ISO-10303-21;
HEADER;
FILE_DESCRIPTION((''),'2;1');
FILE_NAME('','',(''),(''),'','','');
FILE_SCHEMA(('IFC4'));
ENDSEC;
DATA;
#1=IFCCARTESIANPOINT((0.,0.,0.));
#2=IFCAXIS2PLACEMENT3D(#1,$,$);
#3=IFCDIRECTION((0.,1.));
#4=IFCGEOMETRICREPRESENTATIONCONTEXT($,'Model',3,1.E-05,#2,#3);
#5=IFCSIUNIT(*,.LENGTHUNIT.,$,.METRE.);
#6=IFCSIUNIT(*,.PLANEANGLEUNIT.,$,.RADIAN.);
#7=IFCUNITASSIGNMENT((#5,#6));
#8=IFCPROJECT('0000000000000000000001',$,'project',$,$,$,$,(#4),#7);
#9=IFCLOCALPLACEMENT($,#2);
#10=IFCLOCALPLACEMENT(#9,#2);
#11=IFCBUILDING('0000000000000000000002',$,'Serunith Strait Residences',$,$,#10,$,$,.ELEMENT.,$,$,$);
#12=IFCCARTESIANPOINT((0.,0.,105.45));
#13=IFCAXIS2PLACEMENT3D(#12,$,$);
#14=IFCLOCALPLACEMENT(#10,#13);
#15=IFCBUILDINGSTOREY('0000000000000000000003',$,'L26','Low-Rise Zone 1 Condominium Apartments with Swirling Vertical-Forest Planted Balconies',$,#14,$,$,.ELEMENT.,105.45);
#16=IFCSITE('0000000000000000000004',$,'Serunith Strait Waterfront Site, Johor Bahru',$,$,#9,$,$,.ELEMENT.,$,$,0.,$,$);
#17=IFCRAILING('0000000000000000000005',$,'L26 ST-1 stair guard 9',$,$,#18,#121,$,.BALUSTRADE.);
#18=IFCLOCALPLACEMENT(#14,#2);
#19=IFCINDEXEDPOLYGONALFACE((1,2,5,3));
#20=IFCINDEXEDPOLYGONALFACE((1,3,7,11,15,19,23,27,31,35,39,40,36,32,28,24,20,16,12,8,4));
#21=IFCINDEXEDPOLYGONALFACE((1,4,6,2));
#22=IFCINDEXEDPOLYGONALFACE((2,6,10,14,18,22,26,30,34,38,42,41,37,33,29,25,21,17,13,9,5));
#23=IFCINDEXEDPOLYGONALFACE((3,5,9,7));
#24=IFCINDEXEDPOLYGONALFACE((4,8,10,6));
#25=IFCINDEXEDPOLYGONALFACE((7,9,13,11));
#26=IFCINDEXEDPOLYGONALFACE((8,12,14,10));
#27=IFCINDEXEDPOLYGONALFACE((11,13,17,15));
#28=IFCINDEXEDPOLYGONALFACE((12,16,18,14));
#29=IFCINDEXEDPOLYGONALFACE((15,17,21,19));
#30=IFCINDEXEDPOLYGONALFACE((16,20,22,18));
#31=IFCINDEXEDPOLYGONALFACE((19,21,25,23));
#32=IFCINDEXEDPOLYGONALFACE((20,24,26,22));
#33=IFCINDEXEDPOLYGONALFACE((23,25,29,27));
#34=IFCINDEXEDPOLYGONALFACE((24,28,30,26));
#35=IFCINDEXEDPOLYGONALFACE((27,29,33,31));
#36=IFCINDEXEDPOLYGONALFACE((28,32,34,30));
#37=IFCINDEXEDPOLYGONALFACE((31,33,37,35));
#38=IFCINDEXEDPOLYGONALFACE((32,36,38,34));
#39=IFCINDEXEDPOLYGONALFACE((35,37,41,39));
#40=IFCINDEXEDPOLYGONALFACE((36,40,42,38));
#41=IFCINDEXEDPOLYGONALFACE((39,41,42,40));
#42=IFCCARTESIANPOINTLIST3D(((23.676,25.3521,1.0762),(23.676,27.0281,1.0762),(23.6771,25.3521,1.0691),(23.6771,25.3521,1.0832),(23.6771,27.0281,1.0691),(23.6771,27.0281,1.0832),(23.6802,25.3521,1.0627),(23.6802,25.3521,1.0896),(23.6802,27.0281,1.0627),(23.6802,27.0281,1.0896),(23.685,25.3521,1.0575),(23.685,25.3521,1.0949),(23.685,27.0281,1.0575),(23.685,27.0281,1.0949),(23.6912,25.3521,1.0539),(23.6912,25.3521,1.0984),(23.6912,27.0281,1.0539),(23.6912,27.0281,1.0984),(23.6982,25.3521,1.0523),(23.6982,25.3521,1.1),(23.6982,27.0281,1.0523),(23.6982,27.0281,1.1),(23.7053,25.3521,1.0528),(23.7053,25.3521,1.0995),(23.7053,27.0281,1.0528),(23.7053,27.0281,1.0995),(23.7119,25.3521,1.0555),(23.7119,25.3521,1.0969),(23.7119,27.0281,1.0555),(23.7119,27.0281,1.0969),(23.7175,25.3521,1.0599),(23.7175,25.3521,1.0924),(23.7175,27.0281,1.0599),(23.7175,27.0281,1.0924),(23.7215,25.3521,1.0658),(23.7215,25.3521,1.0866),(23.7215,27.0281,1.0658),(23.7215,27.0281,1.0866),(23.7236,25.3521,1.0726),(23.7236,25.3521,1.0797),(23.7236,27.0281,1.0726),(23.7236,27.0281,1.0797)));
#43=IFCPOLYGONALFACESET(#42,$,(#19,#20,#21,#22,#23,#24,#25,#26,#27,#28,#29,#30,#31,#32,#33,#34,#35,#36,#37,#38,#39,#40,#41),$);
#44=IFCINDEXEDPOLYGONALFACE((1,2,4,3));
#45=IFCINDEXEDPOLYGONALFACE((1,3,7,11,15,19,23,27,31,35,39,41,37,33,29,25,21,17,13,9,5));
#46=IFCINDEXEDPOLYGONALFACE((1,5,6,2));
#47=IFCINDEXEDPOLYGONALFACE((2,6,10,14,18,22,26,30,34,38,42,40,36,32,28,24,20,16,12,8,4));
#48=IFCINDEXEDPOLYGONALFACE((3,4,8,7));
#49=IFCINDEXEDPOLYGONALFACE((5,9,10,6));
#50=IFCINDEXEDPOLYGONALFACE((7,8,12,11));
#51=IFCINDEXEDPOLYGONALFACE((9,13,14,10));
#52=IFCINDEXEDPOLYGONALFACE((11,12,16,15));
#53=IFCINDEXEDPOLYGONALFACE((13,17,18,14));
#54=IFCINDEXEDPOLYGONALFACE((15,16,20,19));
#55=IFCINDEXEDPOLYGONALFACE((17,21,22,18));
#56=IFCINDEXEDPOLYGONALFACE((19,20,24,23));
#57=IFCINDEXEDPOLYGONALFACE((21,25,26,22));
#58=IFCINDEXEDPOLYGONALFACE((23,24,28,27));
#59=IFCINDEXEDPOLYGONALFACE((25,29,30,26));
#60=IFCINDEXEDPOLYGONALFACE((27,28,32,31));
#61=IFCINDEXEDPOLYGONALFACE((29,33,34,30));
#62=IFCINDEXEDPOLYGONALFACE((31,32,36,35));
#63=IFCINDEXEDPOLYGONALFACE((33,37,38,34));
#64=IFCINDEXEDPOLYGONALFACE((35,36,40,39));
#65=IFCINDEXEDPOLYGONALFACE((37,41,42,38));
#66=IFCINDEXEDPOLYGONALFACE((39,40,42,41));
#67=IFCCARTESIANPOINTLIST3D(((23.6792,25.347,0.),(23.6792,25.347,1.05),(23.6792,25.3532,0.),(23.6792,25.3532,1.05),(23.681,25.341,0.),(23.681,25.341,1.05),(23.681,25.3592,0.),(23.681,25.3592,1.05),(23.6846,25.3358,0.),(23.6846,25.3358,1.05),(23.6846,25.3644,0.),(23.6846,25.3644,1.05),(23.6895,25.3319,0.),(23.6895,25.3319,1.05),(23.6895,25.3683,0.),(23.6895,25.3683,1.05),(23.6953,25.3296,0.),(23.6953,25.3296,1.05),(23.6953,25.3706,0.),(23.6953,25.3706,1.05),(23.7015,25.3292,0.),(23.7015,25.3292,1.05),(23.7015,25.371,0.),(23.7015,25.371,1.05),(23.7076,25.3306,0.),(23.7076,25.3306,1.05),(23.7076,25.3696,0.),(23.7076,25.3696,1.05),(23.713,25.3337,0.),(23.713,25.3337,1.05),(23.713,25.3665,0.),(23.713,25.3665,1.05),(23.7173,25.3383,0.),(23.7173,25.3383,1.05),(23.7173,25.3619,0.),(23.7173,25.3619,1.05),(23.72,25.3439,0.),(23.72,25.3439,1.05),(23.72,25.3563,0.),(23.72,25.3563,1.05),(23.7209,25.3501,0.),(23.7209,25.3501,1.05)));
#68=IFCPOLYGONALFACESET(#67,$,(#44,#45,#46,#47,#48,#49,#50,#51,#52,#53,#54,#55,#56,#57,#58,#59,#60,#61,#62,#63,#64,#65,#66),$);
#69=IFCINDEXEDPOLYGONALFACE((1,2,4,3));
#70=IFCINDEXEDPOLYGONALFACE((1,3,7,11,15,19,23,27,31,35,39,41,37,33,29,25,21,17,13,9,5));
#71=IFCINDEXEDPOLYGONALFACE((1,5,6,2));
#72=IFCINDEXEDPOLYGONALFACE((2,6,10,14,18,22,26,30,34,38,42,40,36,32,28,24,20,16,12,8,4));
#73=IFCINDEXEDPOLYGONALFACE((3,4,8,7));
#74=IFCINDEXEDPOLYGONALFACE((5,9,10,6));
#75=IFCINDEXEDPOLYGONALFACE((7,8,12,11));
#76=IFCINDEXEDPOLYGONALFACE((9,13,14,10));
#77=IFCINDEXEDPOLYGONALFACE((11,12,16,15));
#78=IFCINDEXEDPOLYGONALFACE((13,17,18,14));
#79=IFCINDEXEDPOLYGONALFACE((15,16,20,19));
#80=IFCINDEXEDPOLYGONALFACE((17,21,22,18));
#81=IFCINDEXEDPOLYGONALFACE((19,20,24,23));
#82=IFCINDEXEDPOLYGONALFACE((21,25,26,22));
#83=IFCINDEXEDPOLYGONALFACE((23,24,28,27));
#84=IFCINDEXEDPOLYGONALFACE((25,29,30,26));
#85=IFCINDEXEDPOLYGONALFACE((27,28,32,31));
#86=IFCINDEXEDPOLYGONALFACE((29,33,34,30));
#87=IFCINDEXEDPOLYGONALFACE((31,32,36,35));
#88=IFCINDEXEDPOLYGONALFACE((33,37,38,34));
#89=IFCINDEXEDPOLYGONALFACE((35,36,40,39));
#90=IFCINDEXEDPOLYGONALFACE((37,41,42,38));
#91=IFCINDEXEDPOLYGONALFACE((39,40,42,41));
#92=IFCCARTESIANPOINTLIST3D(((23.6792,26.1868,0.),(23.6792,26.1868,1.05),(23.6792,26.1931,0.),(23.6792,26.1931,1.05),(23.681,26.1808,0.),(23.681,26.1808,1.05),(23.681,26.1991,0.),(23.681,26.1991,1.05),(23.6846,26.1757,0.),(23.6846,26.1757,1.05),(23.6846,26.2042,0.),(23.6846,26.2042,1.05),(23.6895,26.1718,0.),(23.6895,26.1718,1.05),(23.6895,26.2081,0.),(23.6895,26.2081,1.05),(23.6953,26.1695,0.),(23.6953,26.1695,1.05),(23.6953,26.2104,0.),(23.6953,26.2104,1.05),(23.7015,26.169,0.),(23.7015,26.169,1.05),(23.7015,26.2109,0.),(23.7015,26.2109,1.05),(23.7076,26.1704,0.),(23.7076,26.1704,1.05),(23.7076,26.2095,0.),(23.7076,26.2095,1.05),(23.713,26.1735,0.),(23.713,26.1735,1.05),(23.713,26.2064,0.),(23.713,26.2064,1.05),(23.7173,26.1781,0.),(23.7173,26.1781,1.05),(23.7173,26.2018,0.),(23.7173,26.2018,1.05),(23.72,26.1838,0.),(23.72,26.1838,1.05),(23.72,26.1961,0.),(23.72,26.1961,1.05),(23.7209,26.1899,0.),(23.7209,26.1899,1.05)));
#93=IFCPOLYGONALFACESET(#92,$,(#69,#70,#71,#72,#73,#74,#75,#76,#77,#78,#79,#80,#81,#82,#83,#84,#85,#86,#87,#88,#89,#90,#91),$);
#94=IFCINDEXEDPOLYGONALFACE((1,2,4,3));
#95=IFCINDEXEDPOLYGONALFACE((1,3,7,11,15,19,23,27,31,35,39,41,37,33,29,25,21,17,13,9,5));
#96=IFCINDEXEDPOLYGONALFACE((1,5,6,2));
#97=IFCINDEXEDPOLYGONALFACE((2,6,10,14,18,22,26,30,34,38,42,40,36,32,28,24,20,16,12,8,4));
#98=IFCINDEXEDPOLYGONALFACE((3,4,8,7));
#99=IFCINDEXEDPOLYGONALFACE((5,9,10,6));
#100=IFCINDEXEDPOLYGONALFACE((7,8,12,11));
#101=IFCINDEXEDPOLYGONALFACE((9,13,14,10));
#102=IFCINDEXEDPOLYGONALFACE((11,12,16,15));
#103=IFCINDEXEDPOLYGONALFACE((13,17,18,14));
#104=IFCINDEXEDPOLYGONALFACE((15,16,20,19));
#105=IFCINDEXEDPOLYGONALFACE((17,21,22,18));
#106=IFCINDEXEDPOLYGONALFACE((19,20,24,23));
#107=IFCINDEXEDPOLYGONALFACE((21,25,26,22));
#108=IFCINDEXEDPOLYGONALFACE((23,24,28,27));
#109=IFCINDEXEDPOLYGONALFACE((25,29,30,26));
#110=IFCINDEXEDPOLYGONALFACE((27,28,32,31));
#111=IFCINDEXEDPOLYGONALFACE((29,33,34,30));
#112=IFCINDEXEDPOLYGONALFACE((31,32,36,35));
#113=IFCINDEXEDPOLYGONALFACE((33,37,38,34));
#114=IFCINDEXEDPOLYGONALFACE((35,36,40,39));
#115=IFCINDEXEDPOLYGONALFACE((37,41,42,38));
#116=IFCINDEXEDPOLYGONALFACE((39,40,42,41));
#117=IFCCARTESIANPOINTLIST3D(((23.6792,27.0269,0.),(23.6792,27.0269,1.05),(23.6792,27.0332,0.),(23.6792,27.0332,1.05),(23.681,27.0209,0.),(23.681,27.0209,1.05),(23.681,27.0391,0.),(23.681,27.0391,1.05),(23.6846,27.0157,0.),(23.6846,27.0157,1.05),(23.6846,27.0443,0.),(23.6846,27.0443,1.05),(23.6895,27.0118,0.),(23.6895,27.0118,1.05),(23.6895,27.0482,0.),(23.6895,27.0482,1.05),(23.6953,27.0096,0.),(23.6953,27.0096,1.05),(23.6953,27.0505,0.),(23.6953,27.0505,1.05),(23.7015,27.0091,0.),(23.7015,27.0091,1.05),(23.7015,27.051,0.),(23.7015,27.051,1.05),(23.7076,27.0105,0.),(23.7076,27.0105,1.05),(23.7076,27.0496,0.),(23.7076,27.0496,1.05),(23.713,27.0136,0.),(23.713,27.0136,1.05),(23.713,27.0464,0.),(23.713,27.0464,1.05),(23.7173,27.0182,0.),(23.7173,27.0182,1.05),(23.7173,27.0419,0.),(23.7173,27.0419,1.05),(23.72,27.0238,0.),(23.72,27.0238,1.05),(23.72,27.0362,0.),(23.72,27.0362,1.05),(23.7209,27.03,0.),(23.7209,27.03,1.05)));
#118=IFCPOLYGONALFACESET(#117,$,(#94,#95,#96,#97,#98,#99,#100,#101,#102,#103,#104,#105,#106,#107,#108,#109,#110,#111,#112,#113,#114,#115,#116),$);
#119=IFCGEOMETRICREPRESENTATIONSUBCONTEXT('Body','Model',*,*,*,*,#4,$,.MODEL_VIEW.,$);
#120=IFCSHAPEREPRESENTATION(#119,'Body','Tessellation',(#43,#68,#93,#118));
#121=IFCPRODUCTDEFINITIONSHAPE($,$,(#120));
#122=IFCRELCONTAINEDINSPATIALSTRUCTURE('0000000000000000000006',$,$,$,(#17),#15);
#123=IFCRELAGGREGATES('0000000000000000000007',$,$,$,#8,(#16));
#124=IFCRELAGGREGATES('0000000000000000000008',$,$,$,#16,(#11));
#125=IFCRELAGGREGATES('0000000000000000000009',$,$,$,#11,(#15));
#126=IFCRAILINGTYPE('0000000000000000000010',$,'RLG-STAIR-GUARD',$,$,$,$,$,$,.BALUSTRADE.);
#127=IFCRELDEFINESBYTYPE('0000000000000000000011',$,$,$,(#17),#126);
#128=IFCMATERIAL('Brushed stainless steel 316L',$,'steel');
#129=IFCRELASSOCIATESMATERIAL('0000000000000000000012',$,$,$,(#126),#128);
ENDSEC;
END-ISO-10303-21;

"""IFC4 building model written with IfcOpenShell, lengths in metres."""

from ifc_helpers import new_model, si_unit, direction, frame, origin, origin_2d, place, context, subcontext, project, spatial, circle, extrude, material, type_object, element, save


model = new_model("IFC4")

# Units and contexts
model_context = context("Model", 3, precision=1e-05, world=origin(), true_north=direction((0.0, 1.0)))
body_context = subcontext(model_context, "Body", "Model", "MODEL_VIEW")
ifc_project = project(units=[si_unit("LENGTHUNIT", "METRE"), si_unit("PLANEANGLEUNIT", "RADIAN")], contexts=[model_context])

# Site, building, storey
site_placement = place(None, origin())
site = spatial("IfcSite", under=ifc_project, at=site_placement, Name="Serunith Strait Waterfront Site, Johor Bahru", CompositionType="ELEMENT", RefElevation=0.0)
building_placement = place(site_placement, origin())
building = spatial("IfcBuilding", under=site, at=building_placement, Name="Serunith Strait Residences", CompositionType="ELEMENT")
storey_placement = place(building_placement, frame((0.0, 0.0, 105.45)))
storey = spatial("IfcBuildingStorey", under=building, at=storey_placement, Name="L26", Description="Low-Rise Zone 1 Condominium Apartments with Swirling Vertical-Forest Planted Balconies", CompositionType="ELEMENT", Elevation=105.45)

# Railing
ifc_material_1 = material(Name="Brushed stainless steel 316L", Category="steel")
railing_type_1 = type_object("IfcRailingType", Name="RLG-STAIR-GUARD", PredefinedType="BALUSTRADE", material=ifc_material_1)
for number, where, name in (
    (1, (23.7, 25.3501, 0.0), "L26 ST-1 stair guard 9"),
):
    element("IfcRailing", number, at=place(storey_placement, frame(where)), inside=storey, type_object=railing_type_1, Name=name, PredefinedType="BALUSTRADE", context=body_context, shape_type="SweptSolid", body=[
        extrude(circle(Radius=0.0239, at=origin_2d()), frame((0.0, 0.002, 1.0762), z_axis=(0.0, 1.0, 0.0), x_axis=(-1.0, 0.0, 0.0)), (0.0, 0.0, 1.0), 1.676),
        extrude(circle(Radius=0.021, at=origin_2d()), origin(), (0.0, 0.0, 1.0), 1.05),
        extrude(circle(Radius=0.021, at=origin_2d()), frame((0.0, 0.8398, 0.0)), (0.0, 0.0, 1.0), 1.05),
        extrude(circle(Radius=0.021, at=origin_2d()), frame((0.0, 1.6799, 0.0)), (0.0, 0.0, 1.0), 1.05),
    ])

save(model, "model.ifc")
